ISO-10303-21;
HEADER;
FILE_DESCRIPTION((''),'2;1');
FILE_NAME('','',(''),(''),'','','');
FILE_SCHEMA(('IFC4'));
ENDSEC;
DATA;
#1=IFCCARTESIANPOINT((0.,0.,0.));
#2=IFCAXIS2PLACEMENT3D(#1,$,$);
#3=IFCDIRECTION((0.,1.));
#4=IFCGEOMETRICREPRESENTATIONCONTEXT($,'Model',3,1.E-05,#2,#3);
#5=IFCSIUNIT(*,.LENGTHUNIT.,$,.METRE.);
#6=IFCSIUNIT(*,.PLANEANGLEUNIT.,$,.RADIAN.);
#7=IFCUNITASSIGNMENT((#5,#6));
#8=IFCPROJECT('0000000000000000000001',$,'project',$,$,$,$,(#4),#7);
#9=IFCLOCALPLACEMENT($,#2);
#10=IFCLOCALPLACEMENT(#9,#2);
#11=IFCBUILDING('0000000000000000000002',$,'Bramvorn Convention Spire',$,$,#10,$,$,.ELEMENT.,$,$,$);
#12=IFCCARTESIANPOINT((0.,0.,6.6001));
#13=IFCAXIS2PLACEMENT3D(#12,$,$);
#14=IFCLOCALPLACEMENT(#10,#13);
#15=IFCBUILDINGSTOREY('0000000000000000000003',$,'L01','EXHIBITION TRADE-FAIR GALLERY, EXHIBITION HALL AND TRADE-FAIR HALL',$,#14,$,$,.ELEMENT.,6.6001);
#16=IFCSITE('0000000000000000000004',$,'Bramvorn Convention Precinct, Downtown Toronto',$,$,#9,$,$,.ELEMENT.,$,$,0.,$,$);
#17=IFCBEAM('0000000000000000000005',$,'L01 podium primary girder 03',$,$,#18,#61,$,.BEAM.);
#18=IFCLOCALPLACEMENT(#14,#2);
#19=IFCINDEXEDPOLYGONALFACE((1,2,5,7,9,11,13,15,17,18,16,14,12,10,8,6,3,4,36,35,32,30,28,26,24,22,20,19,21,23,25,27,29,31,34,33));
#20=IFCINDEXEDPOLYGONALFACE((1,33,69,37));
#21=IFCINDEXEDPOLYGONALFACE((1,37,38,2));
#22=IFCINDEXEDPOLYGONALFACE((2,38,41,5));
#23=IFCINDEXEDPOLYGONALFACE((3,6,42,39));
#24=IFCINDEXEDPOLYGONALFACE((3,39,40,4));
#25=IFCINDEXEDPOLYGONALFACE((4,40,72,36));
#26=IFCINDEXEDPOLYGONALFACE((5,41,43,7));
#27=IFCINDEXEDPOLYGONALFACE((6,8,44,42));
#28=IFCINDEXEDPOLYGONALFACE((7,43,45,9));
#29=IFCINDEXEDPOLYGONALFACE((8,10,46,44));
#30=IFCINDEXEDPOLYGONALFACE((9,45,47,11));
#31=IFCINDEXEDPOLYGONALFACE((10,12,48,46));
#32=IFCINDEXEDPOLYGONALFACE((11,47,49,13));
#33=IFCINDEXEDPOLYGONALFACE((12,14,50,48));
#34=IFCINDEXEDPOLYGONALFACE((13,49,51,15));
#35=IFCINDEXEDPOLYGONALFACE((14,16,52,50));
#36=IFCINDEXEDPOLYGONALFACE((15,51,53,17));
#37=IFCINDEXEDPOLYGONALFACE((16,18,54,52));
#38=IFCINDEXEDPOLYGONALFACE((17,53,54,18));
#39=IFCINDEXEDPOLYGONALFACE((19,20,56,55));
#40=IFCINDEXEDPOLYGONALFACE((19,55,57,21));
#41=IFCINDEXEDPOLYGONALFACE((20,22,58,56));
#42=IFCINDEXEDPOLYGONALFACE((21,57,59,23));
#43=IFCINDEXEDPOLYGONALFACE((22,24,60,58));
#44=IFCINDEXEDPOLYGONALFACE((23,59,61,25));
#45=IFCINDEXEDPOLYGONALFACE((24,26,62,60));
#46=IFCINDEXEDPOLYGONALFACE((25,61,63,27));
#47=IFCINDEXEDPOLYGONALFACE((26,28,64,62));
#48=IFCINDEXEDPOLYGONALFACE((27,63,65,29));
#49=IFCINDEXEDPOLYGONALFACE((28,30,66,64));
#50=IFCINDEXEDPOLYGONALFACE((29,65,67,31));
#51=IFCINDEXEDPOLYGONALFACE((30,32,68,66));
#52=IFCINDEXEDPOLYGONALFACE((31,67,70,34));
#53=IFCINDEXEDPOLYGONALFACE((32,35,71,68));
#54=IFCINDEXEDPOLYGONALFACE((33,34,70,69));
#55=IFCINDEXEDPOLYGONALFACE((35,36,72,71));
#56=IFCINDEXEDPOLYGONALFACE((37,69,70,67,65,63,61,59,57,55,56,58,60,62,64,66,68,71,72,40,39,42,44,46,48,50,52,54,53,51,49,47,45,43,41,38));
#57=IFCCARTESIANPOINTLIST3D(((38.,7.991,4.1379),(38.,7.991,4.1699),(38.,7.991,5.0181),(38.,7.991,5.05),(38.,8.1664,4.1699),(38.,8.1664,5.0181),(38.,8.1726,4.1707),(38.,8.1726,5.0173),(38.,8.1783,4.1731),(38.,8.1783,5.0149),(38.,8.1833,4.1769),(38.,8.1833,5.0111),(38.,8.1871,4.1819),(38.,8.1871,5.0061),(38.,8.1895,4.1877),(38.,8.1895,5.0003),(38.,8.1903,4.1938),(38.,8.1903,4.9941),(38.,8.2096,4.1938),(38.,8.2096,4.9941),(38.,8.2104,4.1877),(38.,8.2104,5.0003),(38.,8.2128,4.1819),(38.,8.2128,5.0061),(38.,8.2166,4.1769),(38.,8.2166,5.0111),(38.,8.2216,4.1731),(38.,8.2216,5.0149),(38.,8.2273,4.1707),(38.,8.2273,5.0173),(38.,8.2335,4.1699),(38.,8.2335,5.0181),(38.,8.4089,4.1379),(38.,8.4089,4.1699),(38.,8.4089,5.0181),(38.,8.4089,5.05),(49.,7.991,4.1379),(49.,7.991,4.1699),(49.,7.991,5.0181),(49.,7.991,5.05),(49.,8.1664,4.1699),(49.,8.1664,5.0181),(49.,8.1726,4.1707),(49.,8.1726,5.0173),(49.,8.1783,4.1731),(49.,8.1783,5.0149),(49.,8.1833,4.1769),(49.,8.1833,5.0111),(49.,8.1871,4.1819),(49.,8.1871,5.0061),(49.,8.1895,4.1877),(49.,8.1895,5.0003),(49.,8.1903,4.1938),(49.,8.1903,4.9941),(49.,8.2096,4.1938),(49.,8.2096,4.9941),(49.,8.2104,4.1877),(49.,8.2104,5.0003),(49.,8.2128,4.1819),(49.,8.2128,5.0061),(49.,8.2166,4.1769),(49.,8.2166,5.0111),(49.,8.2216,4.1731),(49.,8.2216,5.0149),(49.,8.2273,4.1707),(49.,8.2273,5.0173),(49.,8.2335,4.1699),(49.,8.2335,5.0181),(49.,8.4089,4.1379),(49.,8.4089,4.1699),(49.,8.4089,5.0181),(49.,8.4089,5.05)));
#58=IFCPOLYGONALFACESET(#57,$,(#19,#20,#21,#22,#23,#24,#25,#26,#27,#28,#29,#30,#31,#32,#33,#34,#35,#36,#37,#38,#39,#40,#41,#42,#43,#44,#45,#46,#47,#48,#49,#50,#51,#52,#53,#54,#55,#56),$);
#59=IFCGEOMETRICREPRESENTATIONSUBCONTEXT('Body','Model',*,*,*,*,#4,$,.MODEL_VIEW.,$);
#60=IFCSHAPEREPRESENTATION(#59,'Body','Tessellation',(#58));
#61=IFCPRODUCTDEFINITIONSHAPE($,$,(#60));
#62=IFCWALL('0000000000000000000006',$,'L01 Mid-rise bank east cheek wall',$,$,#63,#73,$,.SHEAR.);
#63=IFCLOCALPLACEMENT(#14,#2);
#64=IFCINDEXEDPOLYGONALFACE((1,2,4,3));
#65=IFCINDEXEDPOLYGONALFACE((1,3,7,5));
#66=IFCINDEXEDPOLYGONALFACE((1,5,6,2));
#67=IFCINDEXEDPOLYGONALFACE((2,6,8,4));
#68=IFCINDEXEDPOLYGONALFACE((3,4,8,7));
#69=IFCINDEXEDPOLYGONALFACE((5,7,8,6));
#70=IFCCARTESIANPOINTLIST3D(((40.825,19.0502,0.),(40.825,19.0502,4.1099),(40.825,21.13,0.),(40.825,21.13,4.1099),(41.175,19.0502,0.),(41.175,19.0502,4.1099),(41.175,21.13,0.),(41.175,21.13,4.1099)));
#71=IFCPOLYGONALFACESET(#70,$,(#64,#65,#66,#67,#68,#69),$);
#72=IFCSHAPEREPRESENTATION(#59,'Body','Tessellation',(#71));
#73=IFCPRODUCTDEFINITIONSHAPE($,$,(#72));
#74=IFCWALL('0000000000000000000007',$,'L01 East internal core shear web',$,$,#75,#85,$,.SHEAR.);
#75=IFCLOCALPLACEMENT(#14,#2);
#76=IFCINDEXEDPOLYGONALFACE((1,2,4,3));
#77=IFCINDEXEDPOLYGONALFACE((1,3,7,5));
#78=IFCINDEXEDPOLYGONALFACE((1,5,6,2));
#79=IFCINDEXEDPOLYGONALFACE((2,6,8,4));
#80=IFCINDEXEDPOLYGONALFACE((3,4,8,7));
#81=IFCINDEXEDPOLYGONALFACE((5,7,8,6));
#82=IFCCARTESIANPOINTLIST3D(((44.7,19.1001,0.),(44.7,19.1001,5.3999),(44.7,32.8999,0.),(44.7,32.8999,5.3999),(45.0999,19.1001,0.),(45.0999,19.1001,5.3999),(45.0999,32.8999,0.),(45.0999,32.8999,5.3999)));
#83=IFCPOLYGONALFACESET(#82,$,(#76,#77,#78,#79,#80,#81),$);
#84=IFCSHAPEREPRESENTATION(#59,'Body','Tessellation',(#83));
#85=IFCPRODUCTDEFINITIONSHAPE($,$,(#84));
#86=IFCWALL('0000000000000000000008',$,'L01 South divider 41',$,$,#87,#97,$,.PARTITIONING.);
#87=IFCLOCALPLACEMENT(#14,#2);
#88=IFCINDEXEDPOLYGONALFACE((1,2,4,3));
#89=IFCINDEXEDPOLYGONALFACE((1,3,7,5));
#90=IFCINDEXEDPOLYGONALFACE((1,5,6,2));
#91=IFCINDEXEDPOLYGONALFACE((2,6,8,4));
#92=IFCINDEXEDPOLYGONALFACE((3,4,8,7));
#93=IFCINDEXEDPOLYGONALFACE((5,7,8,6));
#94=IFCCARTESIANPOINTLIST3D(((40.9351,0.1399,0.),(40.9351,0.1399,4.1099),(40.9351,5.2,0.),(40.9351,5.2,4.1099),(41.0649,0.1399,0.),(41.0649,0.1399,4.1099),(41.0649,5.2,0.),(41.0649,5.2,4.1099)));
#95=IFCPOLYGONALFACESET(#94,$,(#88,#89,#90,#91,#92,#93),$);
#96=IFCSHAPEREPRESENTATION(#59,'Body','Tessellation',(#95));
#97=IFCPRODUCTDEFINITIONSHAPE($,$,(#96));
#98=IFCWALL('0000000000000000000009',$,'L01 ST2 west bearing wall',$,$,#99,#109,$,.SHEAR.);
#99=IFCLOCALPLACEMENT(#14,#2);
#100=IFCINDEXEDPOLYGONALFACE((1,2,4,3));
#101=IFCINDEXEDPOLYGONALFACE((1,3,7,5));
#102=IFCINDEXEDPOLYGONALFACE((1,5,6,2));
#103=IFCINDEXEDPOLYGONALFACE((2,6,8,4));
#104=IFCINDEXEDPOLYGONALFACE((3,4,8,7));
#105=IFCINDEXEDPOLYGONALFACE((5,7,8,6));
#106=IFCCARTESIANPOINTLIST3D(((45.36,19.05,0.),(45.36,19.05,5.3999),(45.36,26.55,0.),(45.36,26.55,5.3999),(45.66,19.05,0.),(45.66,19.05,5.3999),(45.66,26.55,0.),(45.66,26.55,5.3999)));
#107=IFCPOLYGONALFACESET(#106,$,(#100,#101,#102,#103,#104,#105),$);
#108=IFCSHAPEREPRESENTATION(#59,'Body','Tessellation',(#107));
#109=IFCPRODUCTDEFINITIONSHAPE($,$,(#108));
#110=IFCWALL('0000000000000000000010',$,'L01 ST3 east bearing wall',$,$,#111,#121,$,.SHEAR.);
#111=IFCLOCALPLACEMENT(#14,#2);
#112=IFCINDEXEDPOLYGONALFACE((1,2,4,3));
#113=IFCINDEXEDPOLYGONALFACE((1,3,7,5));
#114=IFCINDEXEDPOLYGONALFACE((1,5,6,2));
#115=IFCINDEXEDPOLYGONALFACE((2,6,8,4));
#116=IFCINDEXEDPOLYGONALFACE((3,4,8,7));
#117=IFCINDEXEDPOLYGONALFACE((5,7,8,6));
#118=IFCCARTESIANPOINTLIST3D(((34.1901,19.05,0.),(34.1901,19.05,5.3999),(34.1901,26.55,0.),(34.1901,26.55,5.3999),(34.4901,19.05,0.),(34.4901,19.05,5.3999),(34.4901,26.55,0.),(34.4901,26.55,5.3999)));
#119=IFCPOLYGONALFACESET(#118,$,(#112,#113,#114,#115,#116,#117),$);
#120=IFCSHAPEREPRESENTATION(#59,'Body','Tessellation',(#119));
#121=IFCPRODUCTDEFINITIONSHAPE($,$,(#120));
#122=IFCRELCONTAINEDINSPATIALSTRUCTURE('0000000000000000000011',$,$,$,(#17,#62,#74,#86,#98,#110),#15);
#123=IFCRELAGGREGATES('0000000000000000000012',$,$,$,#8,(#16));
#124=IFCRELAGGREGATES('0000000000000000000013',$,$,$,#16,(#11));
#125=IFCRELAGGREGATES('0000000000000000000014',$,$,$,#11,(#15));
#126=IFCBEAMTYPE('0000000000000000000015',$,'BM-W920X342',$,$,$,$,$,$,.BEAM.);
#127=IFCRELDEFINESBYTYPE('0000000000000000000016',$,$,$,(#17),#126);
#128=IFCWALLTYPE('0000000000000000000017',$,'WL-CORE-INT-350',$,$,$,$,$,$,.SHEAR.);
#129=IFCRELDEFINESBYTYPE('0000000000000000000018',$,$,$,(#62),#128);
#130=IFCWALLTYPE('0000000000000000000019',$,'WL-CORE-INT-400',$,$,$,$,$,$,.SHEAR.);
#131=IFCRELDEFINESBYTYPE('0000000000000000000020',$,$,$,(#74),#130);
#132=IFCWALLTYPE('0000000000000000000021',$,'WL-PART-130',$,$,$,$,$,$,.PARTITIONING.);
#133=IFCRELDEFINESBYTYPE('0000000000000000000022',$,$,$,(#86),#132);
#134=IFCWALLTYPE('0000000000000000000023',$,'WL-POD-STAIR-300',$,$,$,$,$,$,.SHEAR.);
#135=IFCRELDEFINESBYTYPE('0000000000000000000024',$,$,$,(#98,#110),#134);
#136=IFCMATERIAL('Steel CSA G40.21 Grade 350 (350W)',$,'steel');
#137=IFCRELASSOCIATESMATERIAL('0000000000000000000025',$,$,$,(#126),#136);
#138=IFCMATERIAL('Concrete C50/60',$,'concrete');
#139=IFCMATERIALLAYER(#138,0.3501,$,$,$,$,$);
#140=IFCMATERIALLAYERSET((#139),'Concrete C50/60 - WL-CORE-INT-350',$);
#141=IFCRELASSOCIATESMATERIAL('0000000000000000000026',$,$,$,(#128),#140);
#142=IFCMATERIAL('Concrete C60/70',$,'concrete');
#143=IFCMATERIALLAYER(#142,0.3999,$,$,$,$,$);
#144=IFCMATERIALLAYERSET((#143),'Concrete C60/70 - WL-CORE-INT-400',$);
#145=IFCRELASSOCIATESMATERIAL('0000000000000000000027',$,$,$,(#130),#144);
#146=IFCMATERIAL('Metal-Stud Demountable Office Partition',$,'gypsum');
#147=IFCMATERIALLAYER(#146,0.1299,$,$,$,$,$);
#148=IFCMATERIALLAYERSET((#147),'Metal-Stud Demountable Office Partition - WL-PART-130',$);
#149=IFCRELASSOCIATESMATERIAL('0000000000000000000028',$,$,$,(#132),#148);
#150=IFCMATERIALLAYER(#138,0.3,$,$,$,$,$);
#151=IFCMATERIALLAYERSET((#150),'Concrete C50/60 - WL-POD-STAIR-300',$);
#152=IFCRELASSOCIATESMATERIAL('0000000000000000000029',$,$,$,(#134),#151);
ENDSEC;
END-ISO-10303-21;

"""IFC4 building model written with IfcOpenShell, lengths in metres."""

from ifc_helpers import new_model, si_unit, direction, frame, frame_2d, origin, origin_2d, place, context, subcontext, project, spatial, rectangle, i_section, extrude, material, layer, layer_set, material_profile, profile_set, type_object, element, save


model = new_model("IFC4")

# Units and contexts
model_context = context("Model", 3, precision=1e-05, world=origin(), true_north=direction((0.0, 1.0)))
body_context = subcontext(model_context, "Body", "Model", "MODEL_VIEW")
ifc_project = project(units=[si_unit("LENGTHUNIT", "METRE"), si_unit("PLANEANGLEUNIT", "RADIAN")], contexts=[model_context])

# Site, building, storey
site_placement = place(None, origin())
site = spatial("IfcSite", under=ifc_project, at=site_placement, Name="Bramvorn Convention Precinct, Downtown Toronto", CompositionType="ELEMENT", RefElevation=0.0)
building_placement = place(site_placement, origin())
building = spatial("IfcBuilding", under=site, at=building_placement, Name="Bramvorn Convention Spire", CompositionType="ELEMENT")
storey_placement = place(building_placement, frame((0.0, 0.0, 6.6001)))
storey = spatial("IfcBuildingStorey", under=building, at=storey_placement, Name="L01", Description="EXHIBITION TRADE-FAIR GALLERY, EXHIBITION HALL AND TRADE-FAIR HALL", CompositionType="ELEMENT", Elevation=6.6001)

# Shared definitions
ifc_material_1 = material(Name="Steel CSA G40.21 Grade 350 (350W)", Category="steel")
ifc_material_2 = material(Name="Concrete C60/70", Category="concrete")

# Beam
ifc_material_profile_1 = material_profile(ifc_material_1, i_section(OverallWidth=0.418, OverallDepth=0.9121, WebThickness=0.0193, FlangeThickness=0.032, FilletRadius=0.0239, at=origin_2d()))
ifc_profile_set_1 = profile_set([ifc_material_profile_1], Name="Steel CSA G40.21 Grade 350 (350W) - W920X342")
beam_type_1 = type_object("IfcBeamType", Name="BM-W920X342", PredefinedType="BEAM", material=ifc_profile_set_1)
beam_1_placement = place(storey_placement, frame((38.0, 8.2, 4.594), z_axis=(1.0, 0.0, 0.0), x_axis=(0.0, 1.0, 0.0)))
element("IfcBeam", 1, at=beam_1_placement, inside=storey, type_object=beam_type_1, Name="L01 podium primary girder 03", PredefinedType="BEAM", context=body_context, shape_type="SweptSolid", body=[
    extrude(i_section(OverallWidth=0.418, OverallDepth=0.9121, WebThickness=0.0193, FlangeThickness=0.032, FilletRadius=0.0239, at=origin_2d()), origin(), (0.0, 0.0, 1.0), 11.0),
])

# Walls
ifc_material_3 = material(Name="Concrete C50/60", Category="concrete")
ifc_layer_1 = layer(ifc_material_3, 0.3501)
ifc_layer_set_1 = layer_set([ifc_layer_1], Name="Concrete C50/60 - WL-CORE-INT-350")
wall_type_1 = type_object("IfcWallType", Name="WL-CORE-INT-350", PredefinedType="SHEAR", material=ifc_layer_set_1)
wall_1_placement = place(storey_placement, frame((41.0, 19.05, 0.0), z_axis=(0.0, 0.0, 1.0), x_axis=(0.0, 1.0, 0.0)))
element("IfcWall", 2, at=wall_1_placement, inside=storey, type_object=wall_type_1, Name="L01 Mid-rise bank east cheek wall", PredefinedType="SHEAR", context=body_context, shape_type="SweptSolid", body=[
    extrude(rectangle(XDim=2.0798, YDim=0.3501, at=frame_2d((1.04, 0.0))), origin(), (0.0, 0.0, 1.0), 4.1099),
])
ifc_layer_2 = layer(ifc_material_2, 0.3999)
ifc_layer_set_2 = layer_set([ifc_layer_2], Name="Concrete C60/70 - WL-CORE-INT-400")
wall_type_2 = type_object("IfcWallType", Name="WL-CORE-INT-400", PredefinedType="SHEAR", material=ifc_layer_set_2)
wall_2_placement = place(storey_placement, frame((44.8999, 19.1001, 0.0), z_axis=(0.0, 0.0, 1.0), x_axis=(0.0, 1.0, 0.0)))
element("IfcWall", 3, at=wall_2_placement, inside=storey, type_object=wall_type_2, Name="L01 East internal core shear web", PredefinedType="SHEAR", context=body_context, shape_type="SweptSolid", body=[
    extrude(rectangle(XDim=13.7998, YDim=0.3999, at=frame_2d((6.8999, 0.0))), origin(), (0.0, 0.0, 1.0), 5.3999),
])
ifc_material_4 = material(Name="Metal-Stud Demountable Office Partition", Category="gypsum")
ifc_layer_3 = layer(ifc_material_4, 0.1299)
ifc_layer_set_3 = layer_set([ifc_layer_3], Name="Metal-Stud Demountable Office Partition - WL-PART-130")
wall_type_3 = type_object("IfcWallType", Name="WL-PART-130", PredefinedType="PARTITIONING", material=ifc_layer_set_3)
wall_3_placement = place(storey_placement, frame((41.0, 0.1399, 0.0), z_axis=(0.0, 0.0, 1.0), x_axis=(0.0, 1.0, 0.0)))
element("IfcWall", 4, at=wall_3_placement, inside=storey, type_object=wall_type_3, Name="L01 South divider 41", PredefinedType="PARTITIONING", context=body_context, shape_type="SweptSolid", body=[
    extrude(rectangle(XDim=5.0601, YDim=0.1299, at=frame_2d((2.53, 0.0))), origin(), (0.0, 0.0, 1.0), 4.1099),
])
ifc_layer_4 = layer(ifc_material_3, 0.3)
ifc_layer_set_4 = layer_set([ifc_layer_4], Name="Concrete C50/60 - WL-POD-STAIR-300")
wall_type_4 = type_object("IfcWallType", Name="WL-POD-STAIR-300", PredefinedType="SHEAR", material=ifc_layer_set_4)
for number, where, z_axis, x_axis, name in (
    (5, (45.51, 19.05, 0.0), (0.0, 0.0, 1.0), (0.0, 1.0, 0.0), "L01 ST2 west bearing wall"),
    (6, (34.3401, 19.05, 0.0), (0.0, 0.0, 1.0), (0.0, 1.0, 0.0), "L01 ST3 east bearing wall"),
):
    element("IfcWall", number, at=place(storey_placement, frame(where, z_axis=z_axis, x_axis=x_axis)), inside=storey, type_object=wall_type_4, Name=name, PredefinedType="SHEAR", context=body_context, shape_type="SweptSolid", body=[
        extrude(rectangle(XDim=7.5, YDim=0.3, at=frame_2d((3.75, 0.0))), origin(), (0.0, 0.0, 1.0), 5.3999),
    ])

save(model, "model.ifc")
